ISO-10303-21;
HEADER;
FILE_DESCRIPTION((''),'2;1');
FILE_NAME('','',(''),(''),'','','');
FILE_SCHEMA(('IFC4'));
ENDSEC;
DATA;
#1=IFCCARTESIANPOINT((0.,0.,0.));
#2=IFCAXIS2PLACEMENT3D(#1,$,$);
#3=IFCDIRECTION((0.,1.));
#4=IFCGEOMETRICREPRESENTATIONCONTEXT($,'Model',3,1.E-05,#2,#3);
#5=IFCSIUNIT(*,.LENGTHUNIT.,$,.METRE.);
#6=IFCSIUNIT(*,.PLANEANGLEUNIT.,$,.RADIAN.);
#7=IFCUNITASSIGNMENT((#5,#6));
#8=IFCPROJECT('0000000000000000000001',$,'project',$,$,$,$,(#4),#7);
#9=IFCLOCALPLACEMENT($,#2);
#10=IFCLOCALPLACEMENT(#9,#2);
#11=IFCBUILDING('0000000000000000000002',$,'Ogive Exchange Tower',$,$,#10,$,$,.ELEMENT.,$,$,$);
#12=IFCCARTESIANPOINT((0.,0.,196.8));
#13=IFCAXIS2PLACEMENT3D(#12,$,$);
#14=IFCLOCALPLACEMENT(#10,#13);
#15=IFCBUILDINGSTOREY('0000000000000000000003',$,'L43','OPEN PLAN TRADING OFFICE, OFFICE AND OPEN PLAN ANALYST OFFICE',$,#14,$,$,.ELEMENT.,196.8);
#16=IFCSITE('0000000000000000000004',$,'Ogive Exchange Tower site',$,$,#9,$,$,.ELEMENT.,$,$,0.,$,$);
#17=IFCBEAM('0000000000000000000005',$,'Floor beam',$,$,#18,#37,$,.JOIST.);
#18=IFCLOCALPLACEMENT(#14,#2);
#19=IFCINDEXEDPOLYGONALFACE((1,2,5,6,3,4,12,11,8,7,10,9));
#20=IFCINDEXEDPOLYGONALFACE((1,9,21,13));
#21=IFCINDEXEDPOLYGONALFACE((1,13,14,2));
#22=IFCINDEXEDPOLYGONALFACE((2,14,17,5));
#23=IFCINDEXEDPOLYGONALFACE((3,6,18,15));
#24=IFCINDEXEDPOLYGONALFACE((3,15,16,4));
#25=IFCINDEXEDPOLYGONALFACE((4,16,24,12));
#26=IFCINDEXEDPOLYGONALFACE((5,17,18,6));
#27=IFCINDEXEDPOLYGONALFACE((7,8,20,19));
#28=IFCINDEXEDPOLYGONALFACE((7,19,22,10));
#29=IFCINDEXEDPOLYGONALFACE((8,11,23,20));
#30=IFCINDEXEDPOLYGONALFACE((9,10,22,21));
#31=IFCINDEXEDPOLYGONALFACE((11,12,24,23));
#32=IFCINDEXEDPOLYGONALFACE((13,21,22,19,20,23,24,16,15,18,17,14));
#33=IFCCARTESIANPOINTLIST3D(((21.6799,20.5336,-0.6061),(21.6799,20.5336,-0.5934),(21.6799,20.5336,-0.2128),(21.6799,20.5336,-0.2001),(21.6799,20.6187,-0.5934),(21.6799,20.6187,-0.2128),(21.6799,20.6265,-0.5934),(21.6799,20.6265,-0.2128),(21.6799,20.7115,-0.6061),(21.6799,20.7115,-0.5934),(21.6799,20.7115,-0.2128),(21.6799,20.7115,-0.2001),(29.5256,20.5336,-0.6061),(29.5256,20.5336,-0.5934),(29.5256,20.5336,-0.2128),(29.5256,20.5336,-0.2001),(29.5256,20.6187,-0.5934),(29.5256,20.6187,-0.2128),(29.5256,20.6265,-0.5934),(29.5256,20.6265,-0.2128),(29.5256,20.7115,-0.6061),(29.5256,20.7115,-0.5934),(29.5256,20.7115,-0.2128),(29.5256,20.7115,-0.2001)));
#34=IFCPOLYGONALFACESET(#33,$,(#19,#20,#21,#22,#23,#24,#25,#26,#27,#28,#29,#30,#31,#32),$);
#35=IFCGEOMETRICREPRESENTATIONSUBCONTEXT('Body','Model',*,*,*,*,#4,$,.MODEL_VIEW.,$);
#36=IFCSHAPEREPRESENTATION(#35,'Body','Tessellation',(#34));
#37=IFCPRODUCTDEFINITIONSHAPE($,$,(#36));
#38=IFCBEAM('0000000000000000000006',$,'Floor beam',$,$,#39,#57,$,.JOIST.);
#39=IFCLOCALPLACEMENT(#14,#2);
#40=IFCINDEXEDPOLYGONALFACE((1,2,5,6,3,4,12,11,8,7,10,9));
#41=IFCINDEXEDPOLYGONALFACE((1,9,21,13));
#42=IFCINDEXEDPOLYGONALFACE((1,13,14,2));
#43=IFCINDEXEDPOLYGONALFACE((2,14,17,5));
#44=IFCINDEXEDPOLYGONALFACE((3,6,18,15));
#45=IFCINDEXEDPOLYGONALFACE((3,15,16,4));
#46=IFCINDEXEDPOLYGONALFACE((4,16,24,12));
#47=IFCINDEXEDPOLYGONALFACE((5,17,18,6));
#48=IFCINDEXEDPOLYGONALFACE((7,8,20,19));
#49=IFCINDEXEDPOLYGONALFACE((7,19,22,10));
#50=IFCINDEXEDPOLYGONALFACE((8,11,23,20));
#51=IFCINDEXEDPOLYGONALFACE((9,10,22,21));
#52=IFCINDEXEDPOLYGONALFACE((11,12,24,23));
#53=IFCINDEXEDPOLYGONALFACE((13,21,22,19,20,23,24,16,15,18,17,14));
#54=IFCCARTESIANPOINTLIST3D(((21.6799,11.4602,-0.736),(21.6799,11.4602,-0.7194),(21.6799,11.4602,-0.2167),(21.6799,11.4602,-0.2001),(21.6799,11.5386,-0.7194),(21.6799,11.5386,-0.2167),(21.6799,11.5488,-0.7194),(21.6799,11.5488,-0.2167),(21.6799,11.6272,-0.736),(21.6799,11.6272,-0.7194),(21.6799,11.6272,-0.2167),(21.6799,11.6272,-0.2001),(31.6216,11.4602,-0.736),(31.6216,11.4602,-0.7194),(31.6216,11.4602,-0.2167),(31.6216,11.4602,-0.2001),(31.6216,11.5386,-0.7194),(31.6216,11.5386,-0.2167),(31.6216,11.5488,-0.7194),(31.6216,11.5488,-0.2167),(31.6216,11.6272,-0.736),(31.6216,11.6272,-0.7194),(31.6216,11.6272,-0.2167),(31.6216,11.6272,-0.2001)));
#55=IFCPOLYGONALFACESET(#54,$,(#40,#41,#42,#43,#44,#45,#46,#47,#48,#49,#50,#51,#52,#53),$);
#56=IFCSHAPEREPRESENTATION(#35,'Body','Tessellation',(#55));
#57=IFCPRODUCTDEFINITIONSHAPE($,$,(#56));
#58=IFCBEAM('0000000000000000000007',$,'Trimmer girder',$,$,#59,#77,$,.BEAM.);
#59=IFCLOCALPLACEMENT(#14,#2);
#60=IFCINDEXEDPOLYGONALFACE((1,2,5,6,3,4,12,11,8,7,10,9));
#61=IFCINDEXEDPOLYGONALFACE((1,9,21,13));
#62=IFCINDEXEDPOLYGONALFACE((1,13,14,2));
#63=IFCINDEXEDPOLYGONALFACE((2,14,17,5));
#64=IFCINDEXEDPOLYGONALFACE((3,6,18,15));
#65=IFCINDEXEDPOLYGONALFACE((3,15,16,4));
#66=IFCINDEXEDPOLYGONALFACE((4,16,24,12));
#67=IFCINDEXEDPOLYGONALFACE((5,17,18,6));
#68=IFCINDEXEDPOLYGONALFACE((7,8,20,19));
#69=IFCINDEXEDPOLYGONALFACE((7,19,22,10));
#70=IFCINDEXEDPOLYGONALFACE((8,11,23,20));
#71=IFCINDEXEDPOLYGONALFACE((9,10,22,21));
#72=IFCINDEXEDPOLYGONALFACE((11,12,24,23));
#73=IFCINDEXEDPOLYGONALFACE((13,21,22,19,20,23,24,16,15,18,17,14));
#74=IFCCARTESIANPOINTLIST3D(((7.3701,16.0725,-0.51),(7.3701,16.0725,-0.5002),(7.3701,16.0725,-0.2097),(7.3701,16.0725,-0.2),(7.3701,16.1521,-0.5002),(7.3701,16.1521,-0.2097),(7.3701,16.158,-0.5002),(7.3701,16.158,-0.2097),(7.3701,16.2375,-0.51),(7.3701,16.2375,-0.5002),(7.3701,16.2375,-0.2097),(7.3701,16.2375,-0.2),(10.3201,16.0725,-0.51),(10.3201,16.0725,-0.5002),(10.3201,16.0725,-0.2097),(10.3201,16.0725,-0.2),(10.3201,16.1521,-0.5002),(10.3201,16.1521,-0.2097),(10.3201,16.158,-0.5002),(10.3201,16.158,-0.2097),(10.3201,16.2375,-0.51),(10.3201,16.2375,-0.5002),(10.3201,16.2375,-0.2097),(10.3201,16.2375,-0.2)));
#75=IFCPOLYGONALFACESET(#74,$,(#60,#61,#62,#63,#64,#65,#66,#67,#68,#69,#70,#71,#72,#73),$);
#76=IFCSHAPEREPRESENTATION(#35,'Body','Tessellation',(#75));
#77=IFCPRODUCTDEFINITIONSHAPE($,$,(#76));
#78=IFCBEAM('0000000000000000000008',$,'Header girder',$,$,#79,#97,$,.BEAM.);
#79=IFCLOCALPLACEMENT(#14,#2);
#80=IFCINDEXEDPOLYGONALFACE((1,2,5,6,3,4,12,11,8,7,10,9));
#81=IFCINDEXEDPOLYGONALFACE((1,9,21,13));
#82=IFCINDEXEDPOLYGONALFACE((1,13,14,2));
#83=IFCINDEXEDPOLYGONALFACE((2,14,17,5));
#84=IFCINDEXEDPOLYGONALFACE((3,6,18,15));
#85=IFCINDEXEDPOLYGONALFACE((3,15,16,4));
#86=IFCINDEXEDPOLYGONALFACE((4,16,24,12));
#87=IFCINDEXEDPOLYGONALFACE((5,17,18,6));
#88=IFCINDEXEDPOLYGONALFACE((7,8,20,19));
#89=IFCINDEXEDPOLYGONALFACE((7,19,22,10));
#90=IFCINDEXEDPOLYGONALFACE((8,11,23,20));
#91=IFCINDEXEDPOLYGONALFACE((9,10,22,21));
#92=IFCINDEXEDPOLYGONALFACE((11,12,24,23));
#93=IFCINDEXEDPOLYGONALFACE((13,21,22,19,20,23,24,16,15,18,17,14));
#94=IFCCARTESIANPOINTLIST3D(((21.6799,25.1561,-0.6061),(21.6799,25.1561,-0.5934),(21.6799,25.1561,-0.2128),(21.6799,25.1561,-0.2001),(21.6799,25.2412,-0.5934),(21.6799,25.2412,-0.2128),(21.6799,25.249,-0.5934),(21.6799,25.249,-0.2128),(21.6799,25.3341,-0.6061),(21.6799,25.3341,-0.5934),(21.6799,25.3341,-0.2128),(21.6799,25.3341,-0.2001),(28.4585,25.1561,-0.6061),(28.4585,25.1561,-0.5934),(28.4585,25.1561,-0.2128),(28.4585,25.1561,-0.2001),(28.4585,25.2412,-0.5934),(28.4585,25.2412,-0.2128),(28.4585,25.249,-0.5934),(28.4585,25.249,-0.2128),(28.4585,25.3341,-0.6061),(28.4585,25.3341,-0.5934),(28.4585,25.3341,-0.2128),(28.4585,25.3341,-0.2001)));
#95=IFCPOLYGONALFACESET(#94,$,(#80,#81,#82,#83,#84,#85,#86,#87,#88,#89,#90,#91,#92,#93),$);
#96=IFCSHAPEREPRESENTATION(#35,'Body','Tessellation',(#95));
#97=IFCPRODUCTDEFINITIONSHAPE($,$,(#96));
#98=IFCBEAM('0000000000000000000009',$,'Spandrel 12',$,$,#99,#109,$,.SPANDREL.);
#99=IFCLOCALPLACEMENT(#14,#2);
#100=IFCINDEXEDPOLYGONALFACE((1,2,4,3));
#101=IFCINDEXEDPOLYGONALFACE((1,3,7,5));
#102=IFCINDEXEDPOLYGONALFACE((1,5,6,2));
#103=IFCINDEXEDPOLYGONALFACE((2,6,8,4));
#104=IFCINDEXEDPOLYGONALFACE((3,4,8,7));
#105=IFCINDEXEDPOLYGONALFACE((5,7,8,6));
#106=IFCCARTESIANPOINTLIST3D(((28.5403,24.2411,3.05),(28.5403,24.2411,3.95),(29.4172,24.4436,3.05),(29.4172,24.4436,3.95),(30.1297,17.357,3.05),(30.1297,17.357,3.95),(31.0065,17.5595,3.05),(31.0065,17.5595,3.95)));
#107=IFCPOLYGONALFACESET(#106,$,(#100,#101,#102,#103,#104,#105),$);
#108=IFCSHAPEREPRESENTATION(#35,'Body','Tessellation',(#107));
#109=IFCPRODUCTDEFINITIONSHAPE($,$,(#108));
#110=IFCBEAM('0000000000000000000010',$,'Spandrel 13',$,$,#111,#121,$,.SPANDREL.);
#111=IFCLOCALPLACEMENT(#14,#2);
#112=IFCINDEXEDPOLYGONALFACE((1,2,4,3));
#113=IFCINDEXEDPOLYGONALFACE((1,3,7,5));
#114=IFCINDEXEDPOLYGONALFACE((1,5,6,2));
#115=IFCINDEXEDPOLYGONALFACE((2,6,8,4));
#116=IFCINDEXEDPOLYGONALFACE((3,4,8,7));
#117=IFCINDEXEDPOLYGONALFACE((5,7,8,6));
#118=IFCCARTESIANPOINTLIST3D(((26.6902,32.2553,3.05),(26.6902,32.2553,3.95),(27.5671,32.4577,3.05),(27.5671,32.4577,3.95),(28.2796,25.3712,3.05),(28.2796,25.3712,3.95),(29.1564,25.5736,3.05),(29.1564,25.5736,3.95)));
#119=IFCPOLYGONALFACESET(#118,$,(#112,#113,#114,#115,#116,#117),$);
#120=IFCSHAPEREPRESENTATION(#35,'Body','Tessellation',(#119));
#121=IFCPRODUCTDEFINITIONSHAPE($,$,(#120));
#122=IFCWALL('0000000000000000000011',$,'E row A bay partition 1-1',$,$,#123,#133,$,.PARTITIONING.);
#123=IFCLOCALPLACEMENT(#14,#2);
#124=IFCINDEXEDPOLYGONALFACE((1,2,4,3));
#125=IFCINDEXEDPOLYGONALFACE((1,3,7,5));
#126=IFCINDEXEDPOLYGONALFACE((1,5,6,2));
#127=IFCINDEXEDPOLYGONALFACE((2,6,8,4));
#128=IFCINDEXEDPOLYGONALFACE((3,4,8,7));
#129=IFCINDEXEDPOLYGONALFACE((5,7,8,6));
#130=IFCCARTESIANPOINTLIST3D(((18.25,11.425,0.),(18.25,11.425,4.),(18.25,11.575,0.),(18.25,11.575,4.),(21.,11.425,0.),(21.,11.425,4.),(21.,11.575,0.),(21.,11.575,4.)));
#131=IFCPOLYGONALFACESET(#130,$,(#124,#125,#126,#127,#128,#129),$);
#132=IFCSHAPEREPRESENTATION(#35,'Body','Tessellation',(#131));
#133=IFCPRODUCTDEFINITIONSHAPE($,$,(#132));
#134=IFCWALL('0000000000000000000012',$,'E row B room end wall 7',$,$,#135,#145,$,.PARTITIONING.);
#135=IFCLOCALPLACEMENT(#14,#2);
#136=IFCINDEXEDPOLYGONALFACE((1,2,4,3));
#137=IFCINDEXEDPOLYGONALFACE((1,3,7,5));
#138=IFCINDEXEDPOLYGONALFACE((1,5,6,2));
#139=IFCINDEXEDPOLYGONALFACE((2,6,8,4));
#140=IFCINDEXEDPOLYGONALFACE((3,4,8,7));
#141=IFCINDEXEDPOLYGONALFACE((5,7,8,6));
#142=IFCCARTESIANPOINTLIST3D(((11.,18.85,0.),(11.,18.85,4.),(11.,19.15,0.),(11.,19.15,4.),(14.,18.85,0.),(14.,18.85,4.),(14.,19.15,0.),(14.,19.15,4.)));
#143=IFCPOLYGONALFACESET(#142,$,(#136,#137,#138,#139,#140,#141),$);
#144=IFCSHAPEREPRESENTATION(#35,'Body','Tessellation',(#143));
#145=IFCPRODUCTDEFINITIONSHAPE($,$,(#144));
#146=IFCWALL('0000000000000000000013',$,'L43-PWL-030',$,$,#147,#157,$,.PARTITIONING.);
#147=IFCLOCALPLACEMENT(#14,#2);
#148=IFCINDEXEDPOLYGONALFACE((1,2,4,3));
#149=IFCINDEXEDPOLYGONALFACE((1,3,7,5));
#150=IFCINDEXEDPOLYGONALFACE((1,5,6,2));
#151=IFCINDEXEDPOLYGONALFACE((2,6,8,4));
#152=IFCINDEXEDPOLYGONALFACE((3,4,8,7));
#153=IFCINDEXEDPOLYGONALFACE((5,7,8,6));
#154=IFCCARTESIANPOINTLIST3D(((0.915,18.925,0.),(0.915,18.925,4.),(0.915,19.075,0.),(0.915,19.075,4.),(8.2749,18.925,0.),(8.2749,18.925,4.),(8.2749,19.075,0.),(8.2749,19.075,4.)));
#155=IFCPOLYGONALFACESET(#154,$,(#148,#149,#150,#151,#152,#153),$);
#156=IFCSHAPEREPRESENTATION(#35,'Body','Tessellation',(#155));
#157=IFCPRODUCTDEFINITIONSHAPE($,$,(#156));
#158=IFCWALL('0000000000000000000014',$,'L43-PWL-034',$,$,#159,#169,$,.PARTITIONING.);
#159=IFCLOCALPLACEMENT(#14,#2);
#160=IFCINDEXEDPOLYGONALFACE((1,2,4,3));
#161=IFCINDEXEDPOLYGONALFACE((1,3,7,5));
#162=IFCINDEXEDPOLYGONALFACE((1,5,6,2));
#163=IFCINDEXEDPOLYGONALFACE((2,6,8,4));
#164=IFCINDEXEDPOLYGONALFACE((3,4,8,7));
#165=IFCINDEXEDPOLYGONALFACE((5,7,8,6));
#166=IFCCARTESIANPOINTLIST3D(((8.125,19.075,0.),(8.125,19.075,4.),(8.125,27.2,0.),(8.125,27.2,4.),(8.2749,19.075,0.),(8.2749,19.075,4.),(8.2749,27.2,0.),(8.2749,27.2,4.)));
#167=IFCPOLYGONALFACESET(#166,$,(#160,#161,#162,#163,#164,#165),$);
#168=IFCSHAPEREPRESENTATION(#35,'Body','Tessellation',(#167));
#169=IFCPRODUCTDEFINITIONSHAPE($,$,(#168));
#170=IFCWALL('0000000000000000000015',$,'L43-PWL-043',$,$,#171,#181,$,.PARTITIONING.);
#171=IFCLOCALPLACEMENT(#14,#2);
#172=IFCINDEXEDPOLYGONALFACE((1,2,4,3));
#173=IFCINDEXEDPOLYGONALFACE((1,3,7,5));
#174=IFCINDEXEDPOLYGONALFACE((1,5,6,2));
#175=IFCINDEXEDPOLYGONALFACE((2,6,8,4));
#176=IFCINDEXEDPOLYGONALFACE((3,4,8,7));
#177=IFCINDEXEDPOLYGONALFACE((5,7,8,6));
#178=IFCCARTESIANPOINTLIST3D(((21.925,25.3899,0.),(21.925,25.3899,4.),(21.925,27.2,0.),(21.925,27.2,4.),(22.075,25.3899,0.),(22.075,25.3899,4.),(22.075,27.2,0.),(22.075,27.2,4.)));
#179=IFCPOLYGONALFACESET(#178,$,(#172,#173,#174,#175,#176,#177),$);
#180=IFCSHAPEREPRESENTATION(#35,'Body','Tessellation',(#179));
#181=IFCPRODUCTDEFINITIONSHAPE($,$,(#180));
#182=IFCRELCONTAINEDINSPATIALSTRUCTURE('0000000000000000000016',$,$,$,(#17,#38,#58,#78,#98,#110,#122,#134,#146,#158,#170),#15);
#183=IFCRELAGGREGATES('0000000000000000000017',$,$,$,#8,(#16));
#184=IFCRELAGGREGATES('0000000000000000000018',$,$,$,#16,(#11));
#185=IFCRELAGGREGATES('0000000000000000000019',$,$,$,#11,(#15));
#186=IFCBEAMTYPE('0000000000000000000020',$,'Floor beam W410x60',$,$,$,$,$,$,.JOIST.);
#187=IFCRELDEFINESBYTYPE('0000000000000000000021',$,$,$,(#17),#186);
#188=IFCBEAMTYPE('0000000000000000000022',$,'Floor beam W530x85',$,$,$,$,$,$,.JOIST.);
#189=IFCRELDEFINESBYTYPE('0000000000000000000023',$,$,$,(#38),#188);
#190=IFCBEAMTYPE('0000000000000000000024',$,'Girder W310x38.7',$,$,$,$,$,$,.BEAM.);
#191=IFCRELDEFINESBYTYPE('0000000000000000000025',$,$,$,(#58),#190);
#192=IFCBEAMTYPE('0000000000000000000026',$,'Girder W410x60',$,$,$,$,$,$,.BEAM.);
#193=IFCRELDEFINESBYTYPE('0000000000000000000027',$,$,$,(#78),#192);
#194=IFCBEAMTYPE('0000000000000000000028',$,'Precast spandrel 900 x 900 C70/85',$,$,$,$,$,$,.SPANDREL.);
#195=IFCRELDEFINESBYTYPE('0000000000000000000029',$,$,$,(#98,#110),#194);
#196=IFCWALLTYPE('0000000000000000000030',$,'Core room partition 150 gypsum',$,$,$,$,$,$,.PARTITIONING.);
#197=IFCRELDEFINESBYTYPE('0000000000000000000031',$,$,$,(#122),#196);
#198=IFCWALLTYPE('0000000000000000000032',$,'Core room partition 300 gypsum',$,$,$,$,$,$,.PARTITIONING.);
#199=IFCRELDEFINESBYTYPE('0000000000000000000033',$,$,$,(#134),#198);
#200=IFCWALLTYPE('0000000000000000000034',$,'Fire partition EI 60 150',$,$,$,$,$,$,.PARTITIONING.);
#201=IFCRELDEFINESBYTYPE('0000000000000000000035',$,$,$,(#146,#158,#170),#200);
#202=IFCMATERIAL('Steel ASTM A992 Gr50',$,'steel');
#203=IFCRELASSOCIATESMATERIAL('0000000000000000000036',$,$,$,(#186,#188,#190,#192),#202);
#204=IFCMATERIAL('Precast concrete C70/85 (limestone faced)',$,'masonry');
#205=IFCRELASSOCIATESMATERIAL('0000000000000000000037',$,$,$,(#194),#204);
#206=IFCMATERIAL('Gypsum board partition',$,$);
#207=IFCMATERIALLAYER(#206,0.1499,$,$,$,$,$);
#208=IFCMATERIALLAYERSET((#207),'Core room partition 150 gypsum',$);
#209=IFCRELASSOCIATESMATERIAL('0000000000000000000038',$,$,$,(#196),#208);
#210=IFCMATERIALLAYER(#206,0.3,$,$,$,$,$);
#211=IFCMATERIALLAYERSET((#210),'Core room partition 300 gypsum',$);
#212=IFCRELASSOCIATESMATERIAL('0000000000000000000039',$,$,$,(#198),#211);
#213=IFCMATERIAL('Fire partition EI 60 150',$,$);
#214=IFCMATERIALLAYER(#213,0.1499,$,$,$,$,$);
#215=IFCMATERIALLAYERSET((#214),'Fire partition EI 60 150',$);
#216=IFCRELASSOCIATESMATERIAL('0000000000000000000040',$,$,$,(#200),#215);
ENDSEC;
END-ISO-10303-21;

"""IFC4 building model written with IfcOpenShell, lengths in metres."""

from ifc_helpers import new_model, si_unit, direction, frame, frame_2d, origin, origin_2d, place, context, subcontext, project, spatial, rectangle, i_section, extrude, material, layer, layer_set, material_profile, profile_set, type_object, element, save


model = new_model("IFC4")

# Units and contexts
model_context = context("Model", 3, precision=1e-05, world=origin(), true_north=direction((0.0, 1.0)))
body_context = subcontext(model_context, "Body", "Model", "MODEL_VIEW")
ifc_project = project(units=[si_unit("LENGTHUNIT", "METRE"), si_unit("PLANEANGLEUNIT", "RADIAN")], contexts=[model_context])

# Site, building, storey
site_placement = place(None, origin())
site = spatial("IfcSite", under=ifc_project, at=site_placement, Name="Ogive Exchange Tower site", CompositionType="ELEMENT", RefElevation=0.0)
building_placement = place(site_placement, origin())
building = spatial("IfcBuilding", under=site, at=building_placement, Name="Ogive Exchange Tower", CompositionType="ELEMENT")
storey_placement = place(building_placement, frame((0.0, 0.0, 196.8)))
storey = spatial("IfcBuildingStorey", under=building, at=storey_placement, Name="L43", Description="OPEN PLAN TRADING OFFICE, OFFICE AND OPEN PLAN ANALYST OFFICE", CompositionType="ELEMENT", Elevation=196.8)

# Shared definitions
ifc_material_1 = material(Name="Precast concrete C70/85 (limestone faced)", Category="masonry")

# Beams
ifc_material_2 = material(Name="Steel ASTM A992 Gr50", Category="steel")
ifc_material_profile_1 = material_profile(ifc_material_2, i_section(OverallWidth=0.178, OverallDepth=0.406, WebThickness=0.0078, FlangeThickness=0.0127, at=origin_2d()), Name="W410x60")
ifc_profile_set_1 = profile_set([ifc_material_profile_1], Name="Steel ASTM A992 Gr50")
beam_type_1 = type_object("IfcBeamType", Name="Floor beam W410x60", PredefinedType="JOIST", material=ifc_profile_set_1)
beam_1_placement = place(storey_placement, frame((21.6799, 20.6226, -0.4031), z_axis=(1.0, 0.0, 0.0), x_axis=(0.0, 1.0, 0.0)))
element("IfcBeam", 1, at=beam_1_placement, inside=storey, type_object=beam_type_1, Name="Floor beam", PredefinedType="JOIST", context=body_context, shape_type="SweptSolid", body=[
    extrude(i_section(OverallWidth=0.178, OverallDepth=0.406, WebThickness=0.0078, FlangeThickness=0.0127, at=origin_2d()), origin(), (0.0, 0.0, 1.0), 7.8457),
])
ifc_material_profile_2 = material_profile(ifc_material_2, i_section(OverallWidth=0.167, OverallDepth=0.5359, WebThickness=0.0103, FlangeThickness=0.0166, at=origin_2d()), Name="W530x85")
ifc_profile_set_2 = profile_set([ifc_material_profile_2], Name="Steel ASTM A992 Gr50")
beam_type_2 = type_object("IfcBeamType", Name="Floor beam W530x85", PredefinedType="JOIST", material=ifc_profile_set_2)
beam_2_placement = place(storey_placement, frame((21.6799, 11.5437, -0.468), z_axis=(1.0, 0.0, 0.0), x_axis=(0.0, 1.0, 0.0)))
element("IfcBeam", 2, at=beam_2_placement, inside=storey, type_object=beam_type_2, Name="Floor beam", PredefinedType="JOIST", context=body_context, shape_type="SweptSolid", body=[
    extrude(i_section(OverallWidth=0.167, OverallDepth=0.5359, WebThickness=0.0103, FlangeThickness=0.0166, at=origin_2d()), origin(), (0.0, 0.0, 1.0), 9.9417),
])
ifc_material_profile_3 = material_profile(ifc_material_2, i_section(OverallWidth=0.165, OverallDepth=0.3101, WebThickness=0.0059, FlangeThickness=0.0098, at=origin_2d()), Name="W310x38.7")
ifc_profile_set_3 = profile_set([ifc_material_profile_3], Name="Steel ASTM A992 Gr50")
beam_type_3 = type_object("IfcBeamType", Name="Girder W310x38.7", PredefinedType="BEAM", material=ifc_profile_set_3)
beam_3_placement = place(storey_placement, frame((7.3701, 16.155, -0.355), z_axis=(1.0, 0.0, 0.0), x_axis=(0.0, 1.0, 0.0)))
element("IfcBeam", 3, at=beam_3_placement, inside=storey, type_object=beam_type_3, Name="Trimmer girder", PredefinedType="BEAM", context=body_context, shape_type="SweptSolid", body=[
    extrude(i_section(OverallWidth=0.165, OverallDepth=0.3101, WebThickness=0.0059, FlangeThickness=0.0098, at=origin_2d()), origin(), (0.0, 0.0, 1.0), 2.95),
])
ifc_material_profile_4 = material_profile(ifc_material_2, i_section(OverallWidth=0.178, OverallDepth=0.406, WebThickness=0.0078, FlangeThickness=0.0127, at=origin_2d()), Name="W410x60")
ifc_profile_set_4 = profile_set([ifc_material_profile_4], Name="Steel ASTM A992 Gr50")
beam_type_4 = type_object("IfcBeamType", Name="Girder W410x60", PredefinedType="BEAM", material=ifc_profile_set_4)
beam_4_placement = place(storey_placement, frame((21.6799, 25.2451, -0.4031), z_axis=(1.0, 0.0, 0.0), x_axis=(0.0, 1.0, 0.0)))
element("IfcBeam", 4, at=beam_4_placement, inside=storey, type_object=beam_type_4, Name="Header girder", PredefinedType="BEAM", context=body_context, shape_type="SweptSolid", body=[
    extrude(i_section(OverallWidth=0.178, OverallDepth=0.406, WebThickness=0.0078, FlangeThickness=0.0127, at=origin_2d()), origin(), (0.0, 0.0, 1.0), 6.7786),
])
ifc_material_profile_5 = material_profile(ifc_material_1, rectangle(XDim=0.8999, YDim=0.8999, at=origin_2d()), Name="900 x 900")
ifc_profile_set_5 = profile_set([ifc_material_profile_5], Name="Precast concrete C70/85 (limestone faced)")
beam_type_5 = type_object("IfcBeamType", Name="Precast spandrel 900 x 900 C70/85", PredefinedType="SPANDREL", material=ifc_profile_set_5)
for number, where, z_axis, x_axis, name in (
    (5, (30.5681, 17.4583, 3.5), (-0.224958, 0.974368, 0.0), (-0.974368, -0.224958, 0.0), "Spandrel 12"),
    (6, (28.718, 25.4724, 3.5), (-0.224958, 0.974368, 0.0), (-0.974368, -0.224958, 0.0), "Spandrel 13"),
):
    element("IfcBeam", number, at=place(storey_placement, frame(where, z_axis=z_axis, x_axis=x_axis)), inside=storey, type_object=beam_type_5, Name=name, PredefinedType="SPANDREL", context=body_context, shape_type="SweptSolid", body=[
        extrude(rectangle(XDim=0.8999, YDim=0.8999, at=origin_2d()), origin(), (0.0, 0.0, 1.0), 7.0652),
    ])

# Walls
ifc_material_3 = material(Name="Gypsum board partition")
ifc_layer_1 = layer(ifc_material_3, 0.1499)
ifc_layer_set_1 = layer_set([ifc_layer_1], Name="Core room partition 150 gypsum")
wall_type_1 = type_object("IfcWallType", Name="Core room partition 150 gypsum", PredefinedType="PARTITIONING", material=ifc_layer_set_1)
wall_1_placement = place(storey_placement, frame((18.25, 11.5, 0.0), z_axis=(0.0, 0.0, 1.0), x_axis=(1.0, 0.0, 0.0)))
element("IfcWall", 7, at=wall_1_placement, inside=storey, type_object=wall_type_1, Name="E row A bay partition 1-1", PredefinedType="PARTITIONING", context=body_context, shape_type="SweptSolid", body=[
    extrude(rectangle(XDim=2.75, YDim=0.1499, at=frame_2d((1.375, 0.0))), origin(), (0.0, 0.0, 1.0), 4.0),
])
ifc_layer_2 = layer(ifc_material_3, 0.3)
ifc_layer_set_2 = layer_set([ifc_layer_2], Name="Core room partition 300 gypsum")
wall_type_2 = type_object("IfcWallType", Name="Core room partition 300 gypsum", PredefinedType="PARTITIONING", material=ifc_layer_set_2)
wall_2_placement = place(storey_placement, frame((11.0, 19.0, 0.0), z_axis=(0.0, 0.0, 1.0), x_axis=(1.0, 0.0, 0.0)))
element("IfcWall", 8, at=wall_2_placement, inside=storey, type_object=wall_type_2, Name="E row B room end wall 7", PredefinedType="PARTITIONING", context=body_context, shape_type="SweptSolid", body=[
    extrude(rectangle(XDim=3.0, YDim=0.3, at=frame_2d((1.5, 0.0))), origin(), (0.0, 0.0, 1.0), 4.0),
])
ifc_material_4 = material(Name="Fire partition EI 60 150")
ifc_layer_3 = layer(ifc_material_4, 0.1499)
ifc_layer_set_3 = layer_set([ifc_layer_3], Name="Fire partition EI 60 150")
wall_type_3 = type_object("IfcWallType", Name="Fire partition EI 60 150", PredefinedType="PARTITIONING", material=ifc_layer_set_3)
wall_3_placement = place(storey_placement, frame((0.915, 19.0, 0.0), z_axis=(0.0, 0.0, 1.0), x_axis=(1.0, 0.0, 0.0)))
element("IfcWall", 9, at=wall_3_placement, inside=storey, type_object=wall_type_3, Name="L43-PWL-030", PredefinedType="PARTITIONING", context=body_context, shape_type="SweptSolid", body=[
    extrude(rectangle(XDim=7.3599, YDim=0.1499, at=frame_2d((3.6799, 0.0))), origin(), (0.0, 0.0, 1.0), 4.0),
])
wall_4_placement = place(storey_placement, frame((8.2, 19.075, 0.0), z_axis=(0.0, 0.0, 1.0), x_axis=(0.0, 1.0, 0.0)))
element("IfcWall", 10, at=wall_4_placement, inside=storey, type_object=wall_type_3, Name="L43-PWL-034", PredefinedType="PARTITIONING", context=body_context, shape_type="SweptSolid", body=[
    extrude(rectangle(XDim=8.125, YDim=0.1499, at=frame_2d((4.0625, 0.0))), origin(), (0.0, 0.0, 1.0), 4.0),
])
wall_5_placement = place(storey_placement, frame((22.0, 25.3899, 0.0), z_axis=(0.0, 0.0, 1.0), x_axis=(0.0, 1.0, 0.0)))
element("IfcWall", 11, at=wall_5_placement, inside=storey, type_object=wall_type_3, Name="L43-PWL-043", PredefinedType="PARTITIONING", context=body_context, shape_type="SweptSolid", body=[
    extrude(rectangle(XDim=1.8101, YDim=0.1499, at=frame_2d((0.905, 0.0))), origin(), (0.0, 0.0, 1.0), 4.0),
])

save(model, "model.ifc")
